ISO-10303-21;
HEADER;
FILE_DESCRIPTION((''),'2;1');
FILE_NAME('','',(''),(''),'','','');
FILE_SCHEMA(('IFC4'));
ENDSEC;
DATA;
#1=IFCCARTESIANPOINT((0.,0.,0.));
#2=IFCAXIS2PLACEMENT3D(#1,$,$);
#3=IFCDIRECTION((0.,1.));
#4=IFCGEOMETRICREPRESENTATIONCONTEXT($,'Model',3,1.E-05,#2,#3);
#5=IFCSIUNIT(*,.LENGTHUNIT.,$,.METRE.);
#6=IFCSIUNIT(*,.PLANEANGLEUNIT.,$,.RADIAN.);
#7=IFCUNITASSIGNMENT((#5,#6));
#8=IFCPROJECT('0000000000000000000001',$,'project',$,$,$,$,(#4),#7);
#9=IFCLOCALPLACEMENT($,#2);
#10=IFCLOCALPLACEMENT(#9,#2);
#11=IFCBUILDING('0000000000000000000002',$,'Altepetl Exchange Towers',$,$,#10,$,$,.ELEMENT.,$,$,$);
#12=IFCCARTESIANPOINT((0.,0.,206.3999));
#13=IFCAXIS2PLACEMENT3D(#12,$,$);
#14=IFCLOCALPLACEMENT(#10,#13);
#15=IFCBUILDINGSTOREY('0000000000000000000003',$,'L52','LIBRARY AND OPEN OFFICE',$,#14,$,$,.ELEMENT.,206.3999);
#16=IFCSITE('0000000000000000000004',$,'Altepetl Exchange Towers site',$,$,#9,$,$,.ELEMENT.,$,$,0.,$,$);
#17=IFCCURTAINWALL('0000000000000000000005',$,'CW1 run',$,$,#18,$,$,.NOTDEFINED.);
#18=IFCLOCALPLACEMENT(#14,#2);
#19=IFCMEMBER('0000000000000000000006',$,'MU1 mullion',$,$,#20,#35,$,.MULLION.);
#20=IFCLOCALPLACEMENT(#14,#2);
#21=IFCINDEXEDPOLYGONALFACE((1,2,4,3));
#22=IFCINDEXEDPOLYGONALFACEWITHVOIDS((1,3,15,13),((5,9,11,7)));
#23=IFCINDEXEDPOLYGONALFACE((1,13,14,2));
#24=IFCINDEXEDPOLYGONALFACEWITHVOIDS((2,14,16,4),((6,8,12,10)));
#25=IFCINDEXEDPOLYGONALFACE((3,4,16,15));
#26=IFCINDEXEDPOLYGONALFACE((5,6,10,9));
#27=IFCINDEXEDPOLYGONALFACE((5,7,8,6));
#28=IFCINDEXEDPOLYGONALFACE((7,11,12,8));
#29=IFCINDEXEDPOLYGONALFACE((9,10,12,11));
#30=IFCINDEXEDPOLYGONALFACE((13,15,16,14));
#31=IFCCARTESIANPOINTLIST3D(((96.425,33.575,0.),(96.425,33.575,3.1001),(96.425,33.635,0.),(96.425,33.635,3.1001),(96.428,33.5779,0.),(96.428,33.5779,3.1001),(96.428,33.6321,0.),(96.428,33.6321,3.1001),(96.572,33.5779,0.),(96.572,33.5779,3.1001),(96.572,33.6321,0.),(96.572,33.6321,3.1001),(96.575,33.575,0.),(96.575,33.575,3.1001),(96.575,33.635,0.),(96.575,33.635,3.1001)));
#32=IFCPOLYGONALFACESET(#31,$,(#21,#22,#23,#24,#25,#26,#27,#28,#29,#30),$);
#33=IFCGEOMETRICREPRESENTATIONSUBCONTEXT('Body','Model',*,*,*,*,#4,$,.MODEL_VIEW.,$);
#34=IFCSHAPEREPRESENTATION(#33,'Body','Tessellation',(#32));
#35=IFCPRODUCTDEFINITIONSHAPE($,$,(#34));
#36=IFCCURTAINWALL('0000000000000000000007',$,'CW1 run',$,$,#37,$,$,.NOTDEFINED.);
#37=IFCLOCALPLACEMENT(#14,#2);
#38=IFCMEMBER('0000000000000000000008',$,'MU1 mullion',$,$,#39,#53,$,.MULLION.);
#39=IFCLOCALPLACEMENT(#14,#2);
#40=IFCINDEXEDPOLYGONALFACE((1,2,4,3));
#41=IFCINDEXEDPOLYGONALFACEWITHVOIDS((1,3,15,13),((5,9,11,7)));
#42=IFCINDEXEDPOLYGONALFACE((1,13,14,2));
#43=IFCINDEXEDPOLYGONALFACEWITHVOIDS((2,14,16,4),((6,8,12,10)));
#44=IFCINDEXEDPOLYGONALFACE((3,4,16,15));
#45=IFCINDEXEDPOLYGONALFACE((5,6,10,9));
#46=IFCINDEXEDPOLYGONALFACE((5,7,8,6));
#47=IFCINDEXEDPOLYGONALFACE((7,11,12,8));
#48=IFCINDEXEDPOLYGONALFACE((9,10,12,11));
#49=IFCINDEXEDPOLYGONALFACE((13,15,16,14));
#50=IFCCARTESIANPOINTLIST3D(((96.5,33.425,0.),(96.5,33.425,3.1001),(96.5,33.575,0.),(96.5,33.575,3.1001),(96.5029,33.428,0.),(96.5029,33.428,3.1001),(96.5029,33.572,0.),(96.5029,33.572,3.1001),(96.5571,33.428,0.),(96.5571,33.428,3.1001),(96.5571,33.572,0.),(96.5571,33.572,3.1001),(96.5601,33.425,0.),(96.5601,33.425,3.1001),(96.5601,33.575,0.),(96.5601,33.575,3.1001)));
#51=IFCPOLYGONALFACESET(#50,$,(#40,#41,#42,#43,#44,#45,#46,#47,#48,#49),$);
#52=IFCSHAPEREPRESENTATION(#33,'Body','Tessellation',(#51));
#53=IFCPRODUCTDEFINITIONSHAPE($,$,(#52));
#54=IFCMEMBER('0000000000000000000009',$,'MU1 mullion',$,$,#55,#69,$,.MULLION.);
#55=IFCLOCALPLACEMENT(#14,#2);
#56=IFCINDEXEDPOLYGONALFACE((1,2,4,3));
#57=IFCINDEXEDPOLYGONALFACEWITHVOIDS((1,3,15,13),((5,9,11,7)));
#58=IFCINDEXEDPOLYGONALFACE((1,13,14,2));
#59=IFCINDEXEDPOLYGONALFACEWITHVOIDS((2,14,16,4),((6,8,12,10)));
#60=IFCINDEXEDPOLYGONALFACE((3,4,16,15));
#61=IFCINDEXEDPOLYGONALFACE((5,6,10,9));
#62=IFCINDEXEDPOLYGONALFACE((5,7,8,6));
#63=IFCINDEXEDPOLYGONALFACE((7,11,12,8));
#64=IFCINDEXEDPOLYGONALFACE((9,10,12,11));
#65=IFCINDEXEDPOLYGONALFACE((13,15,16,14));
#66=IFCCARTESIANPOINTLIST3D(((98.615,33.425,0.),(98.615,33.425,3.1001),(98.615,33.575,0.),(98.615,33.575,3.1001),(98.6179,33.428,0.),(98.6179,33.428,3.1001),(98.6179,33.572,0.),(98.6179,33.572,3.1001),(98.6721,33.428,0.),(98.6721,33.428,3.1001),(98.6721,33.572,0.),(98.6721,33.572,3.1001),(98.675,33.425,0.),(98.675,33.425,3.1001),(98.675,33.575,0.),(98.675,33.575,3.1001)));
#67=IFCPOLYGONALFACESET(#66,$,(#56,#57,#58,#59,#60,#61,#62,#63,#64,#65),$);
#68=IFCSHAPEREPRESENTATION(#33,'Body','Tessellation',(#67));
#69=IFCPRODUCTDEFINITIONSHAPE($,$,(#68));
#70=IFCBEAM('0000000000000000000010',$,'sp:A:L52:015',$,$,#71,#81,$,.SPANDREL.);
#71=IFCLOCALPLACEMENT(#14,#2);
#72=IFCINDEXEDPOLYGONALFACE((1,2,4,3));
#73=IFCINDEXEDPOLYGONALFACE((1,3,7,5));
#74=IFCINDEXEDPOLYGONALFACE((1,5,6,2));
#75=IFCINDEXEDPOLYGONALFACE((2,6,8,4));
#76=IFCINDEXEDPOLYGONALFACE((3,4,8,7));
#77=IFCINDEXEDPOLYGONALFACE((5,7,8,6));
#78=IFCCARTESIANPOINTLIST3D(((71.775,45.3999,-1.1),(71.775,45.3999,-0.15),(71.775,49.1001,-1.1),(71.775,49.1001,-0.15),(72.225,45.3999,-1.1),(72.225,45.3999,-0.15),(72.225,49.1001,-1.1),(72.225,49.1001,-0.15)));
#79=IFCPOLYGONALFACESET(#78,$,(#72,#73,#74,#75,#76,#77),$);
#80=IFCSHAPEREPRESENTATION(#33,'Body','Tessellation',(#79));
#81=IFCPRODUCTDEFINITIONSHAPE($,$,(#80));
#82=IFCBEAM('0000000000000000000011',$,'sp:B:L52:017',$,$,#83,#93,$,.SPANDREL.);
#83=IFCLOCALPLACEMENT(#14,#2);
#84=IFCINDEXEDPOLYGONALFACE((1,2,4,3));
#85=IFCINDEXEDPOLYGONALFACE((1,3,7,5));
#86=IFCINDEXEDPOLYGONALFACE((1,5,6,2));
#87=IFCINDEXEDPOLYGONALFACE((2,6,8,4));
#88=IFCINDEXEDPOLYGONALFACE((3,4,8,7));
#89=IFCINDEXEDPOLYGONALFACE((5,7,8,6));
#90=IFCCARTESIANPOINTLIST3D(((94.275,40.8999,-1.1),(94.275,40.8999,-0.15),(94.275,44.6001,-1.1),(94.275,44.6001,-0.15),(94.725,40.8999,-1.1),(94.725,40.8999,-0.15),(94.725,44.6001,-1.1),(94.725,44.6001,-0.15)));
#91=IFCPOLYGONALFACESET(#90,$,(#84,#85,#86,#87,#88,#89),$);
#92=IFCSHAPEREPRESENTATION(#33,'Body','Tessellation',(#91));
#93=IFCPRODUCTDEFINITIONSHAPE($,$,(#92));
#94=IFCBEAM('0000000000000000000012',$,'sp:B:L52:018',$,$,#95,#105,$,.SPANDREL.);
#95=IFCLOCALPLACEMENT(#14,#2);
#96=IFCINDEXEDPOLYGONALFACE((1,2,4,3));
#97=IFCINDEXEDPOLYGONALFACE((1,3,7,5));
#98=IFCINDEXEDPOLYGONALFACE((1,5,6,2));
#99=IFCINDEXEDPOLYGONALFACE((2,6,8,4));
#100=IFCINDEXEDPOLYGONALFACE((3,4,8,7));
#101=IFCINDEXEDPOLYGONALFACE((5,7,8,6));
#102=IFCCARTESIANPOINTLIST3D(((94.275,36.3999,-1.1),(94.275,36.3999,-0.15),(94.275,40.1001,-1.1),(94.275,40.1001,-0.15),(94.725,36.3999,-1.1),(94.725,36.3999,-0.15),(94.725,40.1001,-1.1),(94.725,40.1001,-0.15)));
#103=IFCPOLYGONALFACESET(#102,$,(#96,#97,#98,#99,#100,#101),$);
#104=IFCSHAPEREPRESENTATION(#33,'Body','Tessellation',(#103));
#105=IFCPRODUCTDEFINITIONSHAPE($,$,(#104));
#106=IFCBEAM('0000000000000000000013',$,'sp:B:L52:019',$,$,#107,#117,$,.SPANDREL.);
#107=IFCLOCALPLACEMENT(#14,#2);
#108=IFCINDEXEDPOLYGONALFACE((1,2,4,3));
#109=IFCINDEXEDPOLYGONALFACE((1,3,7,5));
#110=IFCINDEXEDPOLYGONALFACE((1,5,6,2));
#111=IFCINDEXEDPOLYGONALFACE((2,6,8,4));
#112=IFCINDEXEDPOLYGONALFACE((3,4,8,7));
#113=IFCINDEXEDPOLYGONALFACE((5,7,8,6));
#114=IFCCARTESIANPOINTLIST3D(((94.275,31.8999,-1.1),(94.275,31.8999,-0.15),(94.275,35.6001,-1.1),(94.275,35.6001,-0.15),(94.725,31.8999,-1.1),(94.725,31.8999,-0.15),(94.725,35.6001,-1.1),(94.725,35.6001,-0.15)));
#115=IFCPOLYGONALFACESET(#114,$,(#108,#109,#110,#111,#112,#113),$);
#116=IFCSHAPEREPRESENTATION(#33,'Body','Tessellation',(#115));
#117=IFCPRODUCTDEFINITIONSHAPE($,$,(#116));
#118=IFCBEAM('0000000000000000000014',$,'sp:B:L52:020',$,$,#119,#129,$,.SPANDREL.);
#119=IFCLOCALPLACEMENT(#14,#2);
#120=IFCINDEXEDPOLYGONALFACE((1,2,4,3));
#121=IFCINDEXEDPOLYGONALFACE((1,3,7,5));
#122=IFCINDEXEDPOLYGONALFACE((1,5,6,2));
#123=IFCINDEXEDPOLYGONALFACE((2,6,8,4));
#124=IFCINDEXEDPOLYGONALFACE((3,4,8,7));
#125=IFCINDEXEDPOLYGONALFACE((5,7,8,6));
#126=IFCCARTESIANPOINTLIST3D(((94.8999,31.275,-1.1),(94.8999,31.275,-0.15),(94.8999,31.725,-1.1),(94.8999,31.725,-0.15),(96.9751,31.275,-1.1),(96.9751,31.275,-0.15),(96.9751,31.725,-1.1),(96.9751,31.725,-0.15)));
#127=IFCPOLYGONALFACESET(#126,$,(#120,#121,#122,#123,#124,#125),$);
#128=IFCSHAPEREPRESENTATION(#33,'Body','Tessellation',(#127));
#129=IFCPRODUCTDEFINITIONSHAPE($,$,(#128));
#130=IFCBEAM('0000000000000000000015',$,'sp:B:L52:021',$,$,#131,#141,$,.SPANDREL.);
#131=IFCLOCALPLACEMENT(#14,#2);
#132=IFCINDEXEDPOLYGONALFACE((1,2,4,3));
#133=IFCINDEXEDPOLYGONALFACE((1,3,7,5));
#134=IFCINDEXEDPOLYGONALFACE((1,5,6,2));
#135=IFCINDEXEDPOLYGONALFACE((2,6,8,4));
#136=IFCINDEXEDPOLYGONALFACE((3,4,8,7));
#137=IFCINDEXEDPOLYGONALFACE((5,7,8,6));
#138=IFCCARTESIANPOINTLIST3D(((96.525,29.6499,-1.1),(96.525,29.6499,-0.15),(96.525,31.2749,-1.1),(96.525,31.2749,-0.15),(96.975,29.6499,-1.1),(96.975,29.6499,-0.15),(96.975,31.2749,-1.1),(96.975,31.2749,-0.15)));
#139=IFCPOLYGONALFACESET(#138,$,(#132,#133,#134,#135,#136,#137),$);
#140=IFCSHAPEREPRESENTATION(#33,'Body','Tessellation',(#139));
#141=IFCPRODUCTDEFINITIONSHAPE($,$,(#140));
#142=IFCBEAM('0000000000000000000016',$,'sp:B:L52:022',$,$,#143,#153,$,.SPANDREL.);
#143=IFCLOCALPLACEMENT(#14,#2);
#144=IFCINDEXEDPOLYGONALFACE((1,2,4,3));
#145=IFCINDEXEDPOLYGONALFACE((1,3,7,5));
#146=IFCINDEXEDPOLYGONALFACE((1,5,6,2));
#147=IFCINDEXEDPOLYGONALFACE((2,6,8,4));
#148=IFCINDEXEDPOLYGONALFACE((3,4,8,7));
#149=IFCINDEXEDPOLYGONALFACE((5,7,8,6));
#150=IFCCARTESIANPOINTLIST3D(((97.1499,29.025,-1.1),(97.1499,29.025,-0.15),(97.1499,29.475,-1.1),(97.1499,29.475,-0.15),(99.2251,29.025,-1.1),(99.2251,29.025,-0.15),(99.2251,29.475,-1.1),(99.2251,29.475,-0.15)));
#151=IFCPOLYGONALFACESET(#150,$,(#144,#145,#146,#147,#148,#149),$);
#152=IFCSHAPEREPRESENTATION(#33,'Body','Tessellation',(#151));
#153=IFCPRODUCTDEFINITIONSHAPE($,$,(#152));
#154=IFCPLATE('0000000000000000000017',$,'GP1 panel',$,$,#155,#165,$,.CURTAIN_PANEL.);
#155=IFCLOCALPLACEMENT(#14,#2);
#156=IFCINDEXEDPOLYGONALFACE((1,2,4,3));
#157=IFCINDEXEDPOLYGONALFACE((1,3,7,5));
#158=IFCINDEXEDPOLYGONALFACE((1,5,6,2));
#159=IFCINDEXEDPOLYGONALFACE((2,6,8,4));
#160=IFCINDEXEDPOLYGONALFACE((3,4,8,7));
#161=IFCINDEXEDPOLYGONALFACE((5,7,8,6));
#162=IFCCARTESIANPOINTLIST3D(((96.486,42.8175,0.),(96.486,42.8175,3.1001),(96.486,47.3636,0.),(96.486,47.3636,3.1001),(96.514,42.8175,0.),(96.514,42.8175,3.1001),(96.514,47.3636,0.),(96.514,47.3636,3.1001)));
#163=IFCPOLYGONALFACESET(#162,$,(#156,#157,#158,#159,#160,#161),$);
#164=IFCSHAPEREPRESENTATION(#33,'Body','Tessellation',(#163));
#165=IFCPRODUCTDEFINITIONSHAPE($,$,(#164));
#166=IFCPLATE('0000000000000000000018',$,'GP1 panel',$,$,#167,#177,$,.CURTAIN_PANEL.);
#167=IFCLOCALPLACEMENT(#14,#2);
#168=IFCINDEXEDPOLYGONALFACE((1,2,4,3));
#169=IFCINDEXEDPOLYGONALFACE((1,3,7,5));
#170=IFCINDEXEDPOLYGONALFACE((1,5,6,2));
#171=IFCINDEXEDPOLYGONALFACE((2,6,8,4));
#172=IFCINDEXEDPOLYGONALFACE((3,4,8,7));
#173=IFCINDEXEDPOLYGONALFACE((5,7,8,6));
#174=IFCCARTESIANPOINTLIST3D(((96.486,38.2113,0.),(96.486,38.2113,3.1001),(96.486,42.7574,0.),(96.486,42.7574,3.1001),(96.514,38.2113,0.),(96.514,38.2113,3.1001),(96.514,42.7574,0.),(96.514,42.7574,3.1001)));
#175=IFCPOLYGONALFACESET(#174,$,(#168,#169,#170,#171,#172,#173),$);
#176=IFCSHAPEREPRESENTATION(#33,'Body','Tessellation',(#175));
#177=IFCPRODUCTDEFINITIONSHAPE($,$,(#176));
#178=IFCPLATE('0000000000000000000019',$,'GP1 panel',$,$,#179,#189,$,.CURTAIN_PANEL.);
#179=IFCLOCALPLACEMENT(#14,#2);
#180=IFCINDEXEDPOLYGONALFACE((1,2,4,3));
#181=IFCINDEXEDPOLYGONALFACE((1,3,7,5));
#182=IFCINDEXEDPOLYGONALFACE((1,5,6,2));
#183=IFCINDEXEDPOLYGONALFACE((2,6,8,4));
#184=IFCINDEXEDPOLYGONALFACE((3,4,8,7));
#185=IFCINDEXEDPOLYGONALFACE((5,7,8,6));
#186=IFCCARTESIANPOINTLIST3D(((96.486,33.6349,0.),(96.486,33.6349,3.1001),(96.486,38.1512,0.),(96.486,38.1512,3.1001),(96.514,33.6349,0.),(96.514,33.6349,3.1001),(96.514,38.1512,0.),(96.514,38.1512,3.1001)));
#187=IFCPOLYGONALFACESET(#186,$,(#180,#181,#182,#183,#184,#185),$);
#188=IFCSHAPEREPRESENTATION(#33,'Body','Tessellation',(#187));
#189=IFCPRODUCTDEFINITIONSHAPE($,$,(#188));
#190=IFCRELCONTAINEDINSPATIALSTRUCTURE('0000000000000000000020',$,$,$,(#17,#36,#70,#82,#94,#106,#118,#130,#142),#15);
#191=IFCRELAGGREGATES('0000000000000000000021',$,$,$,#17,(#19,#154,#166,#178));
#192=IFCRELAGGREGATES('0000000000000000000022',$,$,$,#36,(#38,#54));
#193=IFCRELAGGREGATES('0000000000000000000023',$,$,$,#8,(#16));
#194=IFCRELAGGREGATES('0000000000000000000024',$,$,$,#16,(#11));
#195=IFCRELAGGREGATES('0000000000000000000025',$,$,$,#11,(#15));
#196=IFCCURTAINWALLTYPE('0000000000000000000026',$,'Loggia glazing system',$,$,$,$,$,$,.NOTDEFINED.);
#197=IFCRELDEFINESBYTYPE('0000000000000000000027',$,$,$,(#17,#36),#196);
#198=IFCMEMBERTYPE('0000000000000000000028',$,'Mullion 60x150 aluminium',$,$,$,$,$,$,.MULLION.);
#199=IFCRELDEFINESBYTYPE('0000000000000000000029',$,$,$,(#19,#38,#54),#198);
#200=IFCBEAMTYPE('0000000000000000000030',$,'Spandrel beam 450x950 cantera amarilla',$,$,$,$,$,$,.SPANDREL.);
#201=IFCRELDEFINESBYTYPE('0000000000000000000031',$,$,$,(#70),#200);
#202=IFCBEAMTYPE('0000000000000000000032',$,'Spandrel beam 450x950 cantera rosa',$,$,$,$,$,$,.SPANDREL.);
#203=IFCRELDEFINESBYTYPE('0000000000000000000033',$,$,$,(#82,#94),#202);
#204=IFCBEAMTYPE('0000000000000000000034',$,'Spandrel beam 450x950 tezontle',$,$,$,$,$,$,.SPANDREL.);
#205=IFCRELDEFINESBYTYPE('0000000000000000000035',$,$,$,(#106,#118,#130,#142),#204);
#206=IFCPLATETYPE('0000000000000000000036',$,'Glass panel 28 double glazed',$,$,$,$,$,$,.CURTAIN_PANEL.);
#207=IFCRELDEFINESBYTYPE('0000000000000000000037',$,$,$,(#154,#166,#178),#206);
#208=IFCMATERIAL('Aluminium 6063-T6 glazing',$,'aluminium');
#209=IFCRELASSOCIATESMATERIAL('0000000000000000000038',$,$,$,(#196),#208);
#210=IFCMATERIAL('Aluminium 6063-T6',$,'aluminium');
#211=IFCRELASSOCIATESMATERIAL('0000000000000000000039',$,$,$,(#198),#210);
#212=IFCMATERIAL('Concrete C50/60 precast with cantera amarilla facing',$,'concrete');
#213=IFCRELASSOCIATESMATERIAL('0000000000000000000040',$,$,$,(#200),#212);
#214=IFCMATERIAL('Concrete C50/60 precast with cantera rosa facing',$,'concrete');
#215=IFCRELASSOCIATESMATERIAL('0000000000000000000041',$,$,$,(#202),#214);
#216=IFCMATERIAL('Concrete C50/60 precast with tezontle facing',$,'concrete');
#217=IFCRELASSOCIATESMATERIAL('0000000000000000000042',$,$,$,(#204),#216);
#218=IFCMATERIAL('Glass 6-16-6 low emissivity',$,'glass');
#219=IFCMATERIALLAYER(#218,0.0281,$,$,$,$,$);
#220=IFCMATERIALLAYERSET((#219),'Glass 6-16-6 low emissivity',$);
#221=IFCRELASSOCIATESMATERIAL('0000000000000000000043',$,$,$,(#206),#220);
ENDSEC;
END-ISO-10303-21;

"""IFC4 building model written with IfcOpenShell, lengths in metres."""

from ifc_helpers import new_model, si_unit, direction, frame, origin, origin_2d, place, context, subcontext, project, spatial, rectangle, hollow_rectangle, extrude, material, layer, layer_set, material_profile, profile_set, type_object, element, aggregate, save


model = new_model("IFC4")

# Units and contexts
model_context = context("Model", 3, precision=1e-05, world=origin(), true_north=direction((0.0, 1.0)))
body_context = subcontext(model_context, "Body", "Model", "MODEL_VIEW")
ifc_project = project(units=[si_unit("LENGTHUNIT", "METRE"), si_unit("PLANEANGLEUNIT", "RADIAN")], contexts=[model_context])

# Site, building, storey
site_placement = place(None, origin())
site = spatial("IfcSite", under=ifc_project, at=site_placement, Name="Altepetl Exchange Towers site", CompositionType="ELEMENT", RefElevation=0.0)
building_placement = place(site_placement, origin())
building = spatial("IfcBuilding", under=site, at=building_placement, Name="Altepetl Exchange Towers", CompositionType="ELEMENT")
storey_placement = place(building_placement, frame((0.0, 0.0, 206.3999)))
storey = spatial("IfcBuildingStorey", under=building, at=storey_placement, Name="L52", Description="LIBRARY AND OPEN OFFICE", CompositionType="ELEMENT", Elevation=206.3999)

# Curtain walls, members
ifc_material_1 = material(Name="Aluminium 6063-T6 glazing", Category="aluminium")
curtain_wall_type = type_object("IfcCurtainWallType", Name="Loggia glazing system", PredefinedType="NOTDEFINED", material=ifc_material_1)
curtain_wall_1_placement = place(storey_placement, origin())
curtain_wall_1 = element("IfcCurtainWall", 1, at=curtain_wall_1_placement, inside=storey, type_object=curtain_wall_type, Name="CW1 run", PredefinedType="NOTDEFINED")
ifc_material_2 = material(Name="Aluminium 6063-T6", Category="aluminium")
ifc_material_profile_1 = material_profile(ifc_material_2, hollow_rectangle(XDim=0.0601, YDim=0.1499, WallThickness=0.0029, at=origin_2d()), Name="Mullion 60x150 aluminium")
ifc_profile_set_1 = profile_set([ifc_material_profile_1], Name="Aluminium 6063-T6")
member_type = type_object("IfcMemberType", Name="Mullion 60x150 aluminium", PredefinedType="MULLION", material=ifc_profile_set_1)
member_1_placement = place(storey_placement, frame((96.5, 33.605, 0.0), z_axis=(0.0, 0.0, 1.0), x_axis=(0.0, -1.0, 0.0)))
member_1 = element("IfcMember", 2, at=member_1_placement, type_object=member_type, Name="MU1 mullion", PredefinedType="MULLION", context=body_context, shape_type="SweptSolid", body=[
    extrude(hollow_rectangle(XDim=0.0601, YDim=0.1499, WallThickness=0.0029, at=origin_2d()), origin(), (0.0, 0.0, 1.0), 3.1001),
])
curtain_wall_2_placement = place(storey_placement, origin())
curtain_wall_2 = element("IfcCurtainWall", 3, at=curtain_wall_2_placement, inside=storey, type_object=curtain_wall_type, Name="CW1 run", PredefinedType="NOTDEFINED")
member_2_placement = place(storey_placement, frame((96.53, 33.5, 0.0)))
member_2 = element("IfcMember", 4, at=member_2_placement, type_object=member_type, Name="MU1 mullion", PredefinedType="MULLION", context=body_context, shape_type="SweptSolid", body=[
    extrude(hollow_rectangle(XDim=0.0601, YDim=0.1499, WallThickness=0.0029, at=origin_2d()), origin(), (0.0, 0.0, 1.0), 3.1001),
])
member_3_placement = place(storey_placement, frame((98.645, 33.5, 0.0)))
member_3 = element("IfcMember", 5, at=member_3_placement, type_object=member_type, Name="MU1 mullion", PredefinedType="MULLION", context=body_context, shape_type="SweptSolid", body=[
    extrude(hollow_rectangle(XDim=0.0601, YDim=0.1499, WallThickness=0.0029, at=origin_2d()), origin(), (0.0, 0.0, 1.0), 3.1001),
])

# Beams
ifc_material_3 = material(Name="Concrete C50/60 precast with cantera amarilla facing", Category="concrete")
ifc_material_profile_2 = material_profile(ifc_material_3, rectangle(XDim=0.45, YDim=0.95, at=origin_2d()), Name="450 x 950")
ifc_profile_set_2 = profile_set([ifc_material_profile_2], Name="Concrete C50/60 precast with cantera amarilla facing")
beam_type_1 = type_object("IfcBeamType", Name="Spandrel beam 450x950 cantera amarilla", PredefinedType="SPANDREL", material=ifc_profile_set_2)
beam_1_placement = place(storey_placement, frame((72.0, 45.3999, -0.625), z_axis=(0.0, 1.0, 0.0), x_axis=(-1.0, 0.0, 0.0)))
element("IfcBeam", 6, at=beam_1_placement, inside=storey, type_object=beam_type_1, Name="sp:A:L52:015", PredefinedType="SPANDREL", context=body_context, shape_type="SweptSolid", body=[
    extrude(rectangle(XDim=0.45, YDim=0.95, at=origin_2d()), origin(), (0.0, 0.0, 1.0), 3.7002),
])
ifc_material_4 = material(Name="Concrete C50/60 precast with cantera rosa facing", Category="concrete")
ifc_material_profile_3 = material_profile(ifc_material_4, rectangle(XDim=0.45, YDim=0.95, at=origin_2d()), Name="450 x 950")
ifc_profile_set_3 = profile_set([ifc_material_profile_3], Name="Concrete C50/60 precast with cantera rosa facing")
beam_type_2 = type_object("IfcBeamType", Name="Spandrel beam 450x950 cantera rosa", PredefinedType="SPANDREL", material=ifc_profile_set_3)
for number, where, z_axis, x_axis, name in (
    (7, (94.5, 44.6001, -0.625), (0.0, -1.0, 0.0), (1.0, 0.0, 0.0), "sp:B:L52:017"),
    (8, (94.5, 40.1001, -0.625), (0.0, -1.0, 0.0), (1.0, 0.0, 0.0), "sp:B:L52:018"),
):
    element("IfcBeam", number, at=place(storey_placement, frame(where, z_axis=z_axis, x_axis=x_axis)), inside=storey, type_object=beam_type_2, Name=name, PredefinedType="SPANDREL", context=body_context, shape_type="SweptSolid", body=[
        extrude(rectangle(XDim=0.45, YDim=0.95, at=origin_2d()), origin(), (0.0, 0.0, 1.0), 3.7002),
    ])
ifc_material_5 = material(Name="Concrete C50/60 precast with tezontle facing", Category="concrete")
ifc_material_profile_4 = material_profile(ifc_material_5, rectangle(XDim=0.45, YDim=0.95, at=origin_2d()), Name="450 x 950")
ifc_profile_set_4 = profile_set([ifc_material_profile_4], Name="Concrete C50/60 precast with tezontle facing")
beam_type_3 = type_object("IfcBeamType", Name="Spandrel beam 450x950 tezontle", PredefinedType="SPANDREL", material=ifc_profile_set_4)
beam_2_placement = place(storey_placement, frame((94.5, 35.6001, -0.625), z_axis=(0.0, -1.0, 0.0), x_axis=(1.0, 0.0, 0.0)))
element("IfcBeam", 9, at=beam_2_placement, inside=storey, type_object=beam_type_3, Name="sp:B:L52:019", PredefinedType="SPANDREL", context=body_context, shape_type="SweptSolid", body=[
    extrude(rectangle(XDim=0.45, YDim=0.95, at=origin_2d()), origin(), (0.0, 0.0, 1.0), 3.7002),
])
beam_3_placement = place(storey_placement, frame((94.8999, 31.5, -0.625), z_axis=(1.0, 0.0, 0.0), x_axis=(0.0, 1.0, 0.0)))
element("IfcBeam", 10, at=beam_3_placement, inside=storey, type_object=beam_type_3, Name="sp:B:L52:020", PredefinedType="SPANDREL", context=body_context, shape_type="SweptSolid", body=[
    extrude(rectangle(XDim=0.45, YDim=0.95, at=origin_2d()), origin(), (0.0, 0.0, 1.0), 2.0752),
])
beam_4_placement = place(storey_placement, frame((96.75, 31.2749, -0.625), z_axis=(0.0, -1.0, 0.0), x_axis=(1.0, 0.0, 0.0)))
element("IfcBeam", 11, at=beam_4_placement, inside=storey, type_object=beam_type_3, Name="sp:B:L52:021", PredefinedType="SPANDREL", context=body_context, shape_type="SweptSolid", body=[
    extrude(rectangle(XDim=0.45, YDim=0.95, at=origin_2d()), origin(), (0.0, 0.0, 1.0), 1.625),
])
beam_5_placement = place(storey_placement, frame((97.1499, 29.25, -0.625), z_axis=(1.0, 0.0, 0.0), x_axis=(0.0, 1.0, 0.0)))
element("IfcBeam", 12, at=beam_5_placement, inside=storey, type_object=beam_type_3, Name="sp:B:L52:022", PredefinedType="SPANDREL", context=body_context, shape_type="SweptSolid", body=[
    extrude(rectangle(XDim=0.45, YDim=0.95, at=origin_2d()), origin(), (0.0, 0.0, 1.0), 2.0752),
])

# Plates
ifc_material_6 = material(Name="Glass 6-16-6 low emissivity", Category="glass")
ifc_layer_1 = layer(ifc_material_6, 0.0281)
ifc_layer_set_1 = layer_set([ifc_layer_1], Name="Glass 6-16-6 low emissivity")
plate_type = type_object("IfcPlateType", Name="Glass panel 28 double glazed", PredefinedType="CURTAIN_PANEL", material=ifc_layer_set_1)
plate_1_placement = place(storey_placement, frame((96.5, 45.0906, 0.0), z_axis=(0.0, 0.0, 1.0), x_axis=(0.0, -1.0, 0.0)))
plate_1 = element("IfcPlate", 13, at=plate_1_placement, type_object=plate_type, Name="GP1 panel", PredefinedType="CURTAIN_PANEL", context=body_context, shape_type="SweptSolid", body=[
    extrude(rectangle(XDim=4.5461, YDim=0.0281, at=origin_2d()), origin(), (0.0, 0.0, 1.0), 3.1001),
])
plate_2_placement = place(storey_placement, frame((96.5, 40.4844, 0.0), z_axis=(0.0, 0.0, 1.0), x_axis=(0.0, -1.0, 0.0)))
plate_2 = element("IfcPlate", 14, at=plate_2_placement, type_object=plate_type, Name="GP1 panel", PredefinedType="CURTAIN_PANEL", context=body_context, shape_type="SweptSolid", body=[
    extrude(rectangle(XDim=4.5461, YDim=0.0281, at=origin_2d()), origin(), (0.0, 0.0, 1.0), 3.1001),
])
plate_3_placement = place(storey_placement, frame((96.5, 35.8931, 0.0), z_axis=(0.0, 0.0, 1.0), x_axis=(0.0, -1.0, 0.0)))
plate_3 = element("IfcPlate", 15, at=plate_3_placement, type_object=plate_type, Name="GP1 panel", PredefinedType="CURTAIN_PANEL", context=body_context, shape_type="SweptSolid", body=[
    extrude(rectangle(XDim=4.5164, YDim=0.0281, at=origin_2d()), origin(), (0.0, 0.0, 1.0), 3.1001),
])
aggregate(curtain_wall_1, [member_1, plate_1, plate_2, plate_3])
aggregate(curtain_wall_2, [member_2, member_3])

save(model, "model.ifc")
